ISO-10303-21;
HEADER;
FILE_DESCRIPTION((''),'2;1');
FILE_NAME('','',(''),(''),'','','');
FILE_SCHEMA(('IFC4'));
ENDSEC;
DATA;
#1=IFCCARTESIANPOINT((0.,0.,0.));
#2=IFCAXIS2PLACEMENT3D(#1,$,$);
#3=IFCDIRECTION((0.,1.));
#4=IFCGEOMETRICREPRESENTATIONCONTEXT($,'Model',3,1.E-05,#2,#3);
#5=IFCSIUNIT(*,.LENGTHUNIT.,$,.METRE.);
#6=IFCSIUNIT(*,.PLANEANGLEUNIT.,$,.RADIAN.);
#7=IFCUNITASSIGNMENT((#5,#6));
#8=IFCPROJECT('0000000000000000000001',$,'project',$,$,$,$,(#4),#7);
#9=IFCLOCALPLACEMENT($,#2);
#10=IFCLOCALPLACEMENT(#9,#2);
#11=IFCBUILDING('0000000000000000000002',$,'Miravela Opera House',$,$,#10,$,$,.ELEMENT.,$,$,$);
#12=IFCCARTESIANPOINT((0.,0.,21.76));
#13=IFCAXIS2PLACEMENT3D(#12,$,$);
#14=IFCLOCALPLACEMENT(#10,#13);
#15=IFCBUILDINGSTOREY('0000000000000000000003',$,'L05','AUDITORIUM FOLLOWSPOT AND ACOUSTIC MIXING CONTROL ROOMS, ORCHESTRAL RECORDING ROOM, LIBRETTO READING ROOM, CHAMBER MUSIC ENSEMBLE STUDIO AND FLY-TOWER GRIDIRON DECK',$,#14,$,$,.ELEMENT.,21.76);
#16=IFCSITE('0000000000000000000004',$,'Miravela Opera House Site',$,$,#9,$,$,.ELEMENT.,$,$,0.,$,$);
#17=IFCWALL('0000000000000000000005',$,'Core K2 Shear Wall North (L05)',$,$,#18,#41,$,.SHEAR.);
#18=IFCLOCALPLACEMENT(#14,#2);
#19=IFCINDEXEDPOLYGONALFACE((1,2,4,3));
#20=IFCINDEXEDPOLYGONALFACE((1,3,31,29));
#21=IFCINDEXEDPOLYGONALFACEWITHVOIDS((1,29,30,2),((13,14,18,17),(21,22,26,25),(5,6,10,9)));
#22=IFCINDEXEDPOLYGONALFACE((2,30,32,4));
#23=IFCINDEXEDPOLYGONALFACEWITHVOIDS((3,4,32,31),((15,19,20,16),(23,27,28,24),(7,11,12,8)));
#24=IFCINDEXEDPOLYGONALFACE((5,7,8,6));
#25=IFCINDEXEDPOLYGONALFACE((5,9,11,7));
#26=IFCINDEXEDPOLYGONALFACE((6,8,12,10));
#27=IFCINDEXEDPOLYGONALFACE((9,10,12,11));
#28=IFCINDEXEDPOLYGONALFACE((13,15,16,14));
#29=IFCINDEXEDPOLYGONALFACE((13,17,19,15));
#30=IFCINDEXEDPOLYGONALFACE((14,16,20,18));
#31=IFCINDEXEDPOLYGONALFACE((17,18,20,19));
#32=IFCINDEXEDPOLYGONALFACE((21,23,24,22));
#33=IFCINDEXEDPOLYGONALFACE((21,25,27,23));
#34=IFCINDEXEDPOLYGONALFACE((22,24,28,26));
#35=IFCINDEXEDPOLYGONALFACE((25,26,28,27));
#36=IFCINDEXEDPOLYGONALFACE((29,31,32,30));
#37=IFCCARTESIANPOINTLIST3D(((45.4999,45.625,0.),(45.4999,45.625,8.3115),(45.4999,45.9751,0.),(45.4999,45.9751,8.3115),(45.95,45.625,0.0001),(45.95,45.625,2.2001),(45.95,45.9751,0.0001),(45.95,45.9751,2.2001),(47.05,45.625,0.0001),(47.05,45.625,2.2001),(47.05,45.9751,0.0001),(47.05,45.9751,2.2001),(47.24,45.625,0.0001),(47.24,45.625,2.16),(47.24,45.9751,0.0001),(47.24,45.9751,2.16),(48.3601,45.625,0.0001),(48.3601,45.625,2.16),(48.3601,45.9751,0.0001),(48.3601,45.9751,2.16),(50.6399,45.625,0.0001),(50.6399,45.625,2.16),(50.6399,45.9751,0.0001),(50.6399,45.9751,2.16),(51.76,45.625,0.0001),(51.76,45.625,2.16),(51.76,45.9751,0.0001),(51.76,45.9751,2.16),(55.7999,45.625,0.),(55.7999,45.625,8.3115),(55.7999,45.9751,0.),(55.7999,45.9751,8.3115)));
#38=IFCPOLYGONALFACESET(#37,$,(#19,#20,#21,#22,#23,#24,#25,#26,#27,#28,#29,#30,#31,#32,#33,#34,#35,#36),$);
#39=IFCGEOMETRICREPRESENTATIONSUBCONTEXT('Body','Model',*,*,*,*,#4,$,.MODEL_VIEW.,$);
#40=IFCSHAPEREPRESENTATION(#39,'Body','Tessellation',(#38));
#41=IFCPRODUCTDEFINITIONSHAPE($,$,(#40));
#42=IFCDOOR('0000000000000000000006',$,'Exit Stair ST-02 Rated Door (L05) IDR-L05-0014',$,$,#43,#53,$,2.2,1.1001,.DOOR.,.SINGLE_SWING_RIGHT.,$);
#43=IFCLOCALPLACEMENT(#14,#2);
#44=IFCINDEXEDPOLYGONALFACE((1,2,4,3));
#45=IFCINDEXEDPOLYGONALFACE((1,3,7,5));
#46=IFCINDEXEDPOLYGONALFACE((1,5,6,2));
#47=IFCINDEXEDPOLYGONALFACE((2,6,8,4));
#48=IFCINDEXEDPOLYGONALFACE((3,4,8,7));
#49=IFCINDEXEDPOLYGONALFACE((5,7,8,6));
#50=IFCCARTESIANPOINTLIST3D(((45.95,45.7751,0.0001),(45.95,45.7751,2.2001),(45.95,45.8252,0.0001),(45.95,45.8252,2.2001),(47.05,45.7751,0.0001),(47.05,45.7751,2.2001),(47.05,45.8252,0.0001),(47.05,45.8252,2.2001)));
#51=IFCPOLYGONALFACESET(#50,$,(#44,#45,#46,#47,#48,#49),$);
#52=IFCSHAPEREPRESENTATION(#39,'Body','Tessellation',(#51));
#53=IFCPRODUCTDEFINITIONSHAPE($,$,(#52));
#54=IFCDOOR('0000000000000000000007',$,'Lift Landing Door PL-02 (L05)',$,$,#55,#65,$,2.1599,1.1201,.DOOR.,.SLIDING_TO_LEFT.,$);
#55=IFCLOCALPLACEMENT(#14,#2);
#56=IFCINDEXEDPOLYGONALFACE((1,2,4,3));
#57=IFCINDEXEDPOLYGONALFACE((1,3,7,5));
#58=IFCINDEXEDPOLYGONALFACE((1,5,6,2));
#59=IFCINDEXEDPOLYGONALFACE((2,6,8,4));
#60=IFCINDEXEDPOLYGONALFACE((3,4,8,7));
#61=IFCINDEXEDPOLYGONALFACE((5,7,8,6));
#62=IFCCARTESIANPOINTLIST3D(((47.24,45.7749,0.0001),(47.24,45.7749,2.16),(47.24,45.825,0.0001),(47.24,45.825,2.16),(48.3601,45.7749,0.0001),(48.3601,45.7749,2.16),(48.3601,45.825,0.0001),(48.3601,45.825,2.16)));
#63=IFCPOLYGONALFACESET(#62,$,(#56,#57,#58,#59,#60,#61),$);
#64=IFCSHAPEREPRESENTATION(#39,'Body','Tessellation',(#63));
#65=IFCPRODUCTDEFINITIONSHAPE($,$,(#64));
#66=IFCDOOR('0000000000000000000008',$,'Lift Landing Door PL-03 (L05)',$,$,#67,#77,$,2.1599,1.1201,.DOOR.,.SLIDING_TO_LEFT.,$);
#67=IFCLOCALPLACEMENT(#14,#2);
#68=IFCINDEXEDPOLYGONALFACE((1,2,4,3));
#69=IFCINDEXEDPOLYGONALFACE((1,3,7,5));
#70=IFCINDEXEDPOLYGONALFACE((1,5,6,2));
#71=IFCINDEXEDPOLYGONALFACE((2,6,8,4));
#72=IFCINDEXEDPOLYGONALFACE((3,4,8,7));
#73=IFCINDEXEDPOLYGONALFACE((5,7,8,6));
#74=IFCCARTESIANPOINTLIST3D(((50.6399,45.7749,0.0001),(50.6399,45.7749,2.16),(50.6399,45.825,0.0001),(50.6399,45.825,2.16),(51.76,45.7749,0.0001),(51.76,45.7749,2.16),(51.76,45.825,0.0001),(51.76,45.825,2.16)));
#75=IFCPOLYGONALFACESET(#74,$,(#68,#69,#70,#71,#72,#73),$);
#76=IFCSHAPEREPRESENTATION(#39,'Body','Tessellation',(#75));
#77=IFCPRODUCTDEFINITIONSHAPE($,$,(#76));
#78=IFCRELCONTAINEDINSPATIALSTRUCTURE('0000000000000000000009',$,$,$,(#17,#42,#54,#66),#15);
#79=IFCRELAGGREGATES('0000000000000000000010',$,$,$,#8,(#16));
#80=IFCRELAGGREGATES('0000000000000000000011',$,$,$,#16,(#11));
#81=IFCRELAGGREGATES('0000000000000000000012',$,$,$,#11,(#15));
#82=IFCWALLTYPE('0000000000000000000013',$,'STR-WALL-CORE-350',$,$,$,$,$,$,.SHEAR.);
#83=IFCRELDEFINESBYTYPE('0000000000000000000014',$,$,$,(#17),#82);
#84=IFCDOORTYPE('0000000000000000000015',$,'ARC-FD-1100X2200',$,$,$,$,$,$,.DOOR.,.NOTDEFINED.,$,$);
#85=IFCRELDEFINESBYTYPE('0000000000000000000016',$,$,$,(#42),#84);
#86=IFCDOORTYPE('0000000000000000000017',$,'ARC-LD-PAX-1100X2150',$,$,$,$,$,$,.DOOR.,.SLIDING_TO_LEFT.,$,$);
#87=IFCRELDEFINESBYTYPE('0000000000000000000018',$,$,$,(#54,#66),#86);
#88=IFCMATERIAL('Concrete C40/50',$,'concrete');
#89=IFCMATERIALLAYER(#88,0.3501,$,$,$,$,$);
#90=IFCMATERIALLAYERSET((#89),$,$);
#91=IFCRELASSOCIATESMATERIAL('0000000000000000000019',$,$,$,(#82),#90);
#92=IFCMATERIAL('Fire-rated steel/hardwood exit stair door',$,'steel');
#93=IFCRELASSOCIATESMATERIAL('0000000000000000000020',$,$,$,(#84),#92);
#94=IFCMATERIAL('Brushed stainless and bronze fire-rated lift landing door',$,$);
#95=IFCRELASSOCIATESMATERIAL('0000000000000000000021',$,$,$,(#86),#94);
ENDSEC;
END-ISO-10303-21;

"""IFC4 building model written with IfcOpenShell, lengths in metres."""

from ifc_helpers import new_model, si_unit, direction, frame, frame_2d, origin, place, context, subcontext, project, spatial, rectangle, extrude, material, layer, layer_set, type_object, element, fill, save


model = new_model("IFC4")

# Units and contexts
model_context = context("Model", 3, precision=1e-05, world=origin(), true_north=direction((0.0, 1.0)))
body_context = subcontext(model_context, "Body", "Model", "MODEL_VIEW")
ifc_project = project(units=[si_unit("LENGTHUNIT", "METRE"), si_unit("PLANEANGLEUNIT", "RADIAN")], contexts=[model_context])

# Site, building, storey
site_placement = place(None, origin())
site = spatial("IfcSite", under=ifc_project, at=site_placement, Name="Miravela Opera House Site", CompositionType="ELEMENT", RefElevation=0.0)
building_placement = place(site_placement, origin())
building = spatial("IfcBuilding", under=site, at=building_placement, Name="Miravela Opera House", CompositionType="ELEMENT")
storey_placement = place(building_placement, frame((0.0, 0.0, 21.76)))
storey = spatial("IfcBuildingStorey", under=building, at=storey_placement, Name="L05", Description="AUDITORIUM FOLLOWSPOT AND ACOUSTIC MIXING CONTROL ROOMS, ORCHESTRAL RECORDING ROOM, LIBRETTO READING ROOM, CHAMBER MUSIC ENSEMBLE STUDIO AND FLY-TOWER GRIDIRON DECK", CompositionType="ELEMENT", Elevation=21.76)

# Wall, openings, doors
ifc_material_1 = material(Name="Concrete C40/50", Category="concrete")
ifc_layer_1 = layer(ifc_material_1, 0.3501)
ifc_layer_set_1 = layer_set([ifc_layer_1])
wall_type_1 = type_object("IfcWallType", Name="STR-WALL-CORE-350", PredefinedType="SHEAR", material=ifc_layer_set_1)
wall_1_placement = place(storey_placement, frame((45.5, 45.8, 0.0), z_axis=(0.0, 0.0, 1.0), x_axis=(1.0, 0.0, 0.0)))
wall_1 = element("IfcWall", 1, at=wall_1_placement, inside=storey, type_object=wall_type_1, Name="Core K2 Shear Wall North (L05)", PredefinedType="SHEAR", context=body_context, shape_type="SweptSolid", body=[
    extrude(rectangle(XDim=10.3, YDim=0.3501, at=frame_2d((5.1499, 0.0))), origin(), (0.0, 0.0, 1.0), 8.3115),
])
opening_1_placement = place(wall_1_placement, frame((0.45, 0.0, 0.0)))
opening_1 = element("IfcOpeningElement", 2, at=opening_1_placement, cuts=wall_1, PredefinedType="OPENING", context=body_context, shape_type="SweptSolid", body=[
    extrude(rectangle(XDim=1.1001, YDim=2.2, at=frame_2d((0.55, 1.1001))), frame((0.0, 0.1851, 0.0), z_axis=(0.0, -1.0, 0.0), x_axis=(1.0, 0.0, 0.0)), (0.0, 0.0, 1.0), 0.3701),
])
opening_2_placement = place(wall_1_placement, frame((1.74, 0.0, 0.0)))
opening_2 = element("IfcOpeningElement", 3, at=opening_2_placement, cuts=wall_1, PredefinedType="OPENING", context=body_context, shape_type="SweptSolid", body=[
    extrude(rectangle(XDim=1.1201, YDim=2.1599, at=frame_2d((0.5601, 1.0801))), frame((0.0, 0.1851, 0.0), z_axis=(0.0, -1.0, 0.0), x_axis=(1.0, 0.0, 0.0)), (0.0, 0.0, 1.0), 0.3701),
])
opening_3_placement = place(wall_1_placement, frame((5.1399, 0.0, 0.0)))
opening_3 = element("IfcOpeningElement", 4, at=opening_3_placement, cuts=wall_1, PredefinedType="OPENING", context=body_context, shape_type="SweptSolid", body=[
    extrude(rectangle(XDim=1.1201, YDim=2.1599, at=frame_2d((0.5601, 1.0801))), frame((0.0, 0.1851, 0.0), z_axis=(0.0, -1.0, 0.0), x_axis=(1.0, 0.0, 0.0)), (0.0, 0.0, 1.0), 0.3701),
])
ifc_material_2 = material(Name="Fire-rated steel/hardwood exit stair door", Category="steel")
door_type_1 = type_object("IfcDoorType", Name="ARC-FD-1100X2200", OperationType="NOTDEFINED", PredefinedType="DOOR", material=ifc_material_2)
door_1_placement = place(opening_1_placement, frame((1.1001, 0.0, 0.0), z_axis=(0.0, 0.0, 1.0), x_axis=(-1.0, 0.0, 0.0)))
door_1 = element("IfcDoor", 5, at=door_1_placement, inside=storey, type_object=door_type_1, Name="Exit Stair ST-02 Rated Door (L05) IDR-L05-0014", OperationType="SINGLE_SWING_RIGHT", OverallHeight=2.2, OverallWidth=1.1001, PredefinedType="DOOR", context=body_context, shape_type="SweptSolid", body=[
    extrude(rectangle(XDim=1.1001, YDim=2.2, at=frame_2d((0.55, 1.1001))), frame((0.0, 0.0249, 0.0), z_axis=(0.0, -1.0, 0.0), x_axis=(1.0, 0.0, 0.0)), (0.0, 0.0, 1.0), 0.05),
])
fill(opening_1, door_1)
ifc_material_3 = material(Name="Brushed stainless and bronze fire-rated lift landing door")
door_type_2 = type_object("IfcDoorType", Name="ARC-LD-PAX-1100X2150", OperationType="SLIDING_TO_LEFT", PredefinedType="DOOR", material=ifc_material_3)
door_2_placement = place(opening_2_placement, origin())
door_2 = element("IfcDoor", 6, at=door_2_placement, inside=storey, type_object=door_type_2, Name="Lift Landing Door PL-02 (L05)", OperationType="SLIDING_TO_LEFT", OverallHeight=2.1599, OverallWidth=1.1201, PredefinedType="DOOR", context=body_context, shape_type="SweptSolid", body=[
    extrude(rectangle(XDim=1.1201, YDim=2.1599, at=frame_2d((0.5601, 1.0801))), frame((0.0, 0.0249, 0.0), z_axis=(0.0, -1.0, 0.0), x_axis=(1.0, 0.0, 0.0)), (0.0, 0.0, 1.0), 0.05),
])
fill(opening_2, door_2)
door_3_placement = place(opening_3_placement, origin())
door_3 = element("IfcDoor", 7, at=door_3_placement, inside=storey, type_object=door_type_2, Name="Lift Landing Door PL-03 (L05)", OperationType="SLIDING_TO_LEFT", OverallHeight=2.1599, OverallWidth=1.1201, PredefinedType="DOOR", context=body_context, shape_type="SweptSolid", body=[
    extrude(rectangle(XDim=1.1201, YDim=2.1599, at=frame_2d((0.5601, 1.0801))), frame((0.0, 0.0249, 0.0), z_axis=(0.0, -1.0, 0.0), x_axis=(1.0, 0.0, 0.0)), (0.0, 0.0, 1.0), 0.05),
])
fill(opening_3, door_3)

save(model, "model.ifc")
